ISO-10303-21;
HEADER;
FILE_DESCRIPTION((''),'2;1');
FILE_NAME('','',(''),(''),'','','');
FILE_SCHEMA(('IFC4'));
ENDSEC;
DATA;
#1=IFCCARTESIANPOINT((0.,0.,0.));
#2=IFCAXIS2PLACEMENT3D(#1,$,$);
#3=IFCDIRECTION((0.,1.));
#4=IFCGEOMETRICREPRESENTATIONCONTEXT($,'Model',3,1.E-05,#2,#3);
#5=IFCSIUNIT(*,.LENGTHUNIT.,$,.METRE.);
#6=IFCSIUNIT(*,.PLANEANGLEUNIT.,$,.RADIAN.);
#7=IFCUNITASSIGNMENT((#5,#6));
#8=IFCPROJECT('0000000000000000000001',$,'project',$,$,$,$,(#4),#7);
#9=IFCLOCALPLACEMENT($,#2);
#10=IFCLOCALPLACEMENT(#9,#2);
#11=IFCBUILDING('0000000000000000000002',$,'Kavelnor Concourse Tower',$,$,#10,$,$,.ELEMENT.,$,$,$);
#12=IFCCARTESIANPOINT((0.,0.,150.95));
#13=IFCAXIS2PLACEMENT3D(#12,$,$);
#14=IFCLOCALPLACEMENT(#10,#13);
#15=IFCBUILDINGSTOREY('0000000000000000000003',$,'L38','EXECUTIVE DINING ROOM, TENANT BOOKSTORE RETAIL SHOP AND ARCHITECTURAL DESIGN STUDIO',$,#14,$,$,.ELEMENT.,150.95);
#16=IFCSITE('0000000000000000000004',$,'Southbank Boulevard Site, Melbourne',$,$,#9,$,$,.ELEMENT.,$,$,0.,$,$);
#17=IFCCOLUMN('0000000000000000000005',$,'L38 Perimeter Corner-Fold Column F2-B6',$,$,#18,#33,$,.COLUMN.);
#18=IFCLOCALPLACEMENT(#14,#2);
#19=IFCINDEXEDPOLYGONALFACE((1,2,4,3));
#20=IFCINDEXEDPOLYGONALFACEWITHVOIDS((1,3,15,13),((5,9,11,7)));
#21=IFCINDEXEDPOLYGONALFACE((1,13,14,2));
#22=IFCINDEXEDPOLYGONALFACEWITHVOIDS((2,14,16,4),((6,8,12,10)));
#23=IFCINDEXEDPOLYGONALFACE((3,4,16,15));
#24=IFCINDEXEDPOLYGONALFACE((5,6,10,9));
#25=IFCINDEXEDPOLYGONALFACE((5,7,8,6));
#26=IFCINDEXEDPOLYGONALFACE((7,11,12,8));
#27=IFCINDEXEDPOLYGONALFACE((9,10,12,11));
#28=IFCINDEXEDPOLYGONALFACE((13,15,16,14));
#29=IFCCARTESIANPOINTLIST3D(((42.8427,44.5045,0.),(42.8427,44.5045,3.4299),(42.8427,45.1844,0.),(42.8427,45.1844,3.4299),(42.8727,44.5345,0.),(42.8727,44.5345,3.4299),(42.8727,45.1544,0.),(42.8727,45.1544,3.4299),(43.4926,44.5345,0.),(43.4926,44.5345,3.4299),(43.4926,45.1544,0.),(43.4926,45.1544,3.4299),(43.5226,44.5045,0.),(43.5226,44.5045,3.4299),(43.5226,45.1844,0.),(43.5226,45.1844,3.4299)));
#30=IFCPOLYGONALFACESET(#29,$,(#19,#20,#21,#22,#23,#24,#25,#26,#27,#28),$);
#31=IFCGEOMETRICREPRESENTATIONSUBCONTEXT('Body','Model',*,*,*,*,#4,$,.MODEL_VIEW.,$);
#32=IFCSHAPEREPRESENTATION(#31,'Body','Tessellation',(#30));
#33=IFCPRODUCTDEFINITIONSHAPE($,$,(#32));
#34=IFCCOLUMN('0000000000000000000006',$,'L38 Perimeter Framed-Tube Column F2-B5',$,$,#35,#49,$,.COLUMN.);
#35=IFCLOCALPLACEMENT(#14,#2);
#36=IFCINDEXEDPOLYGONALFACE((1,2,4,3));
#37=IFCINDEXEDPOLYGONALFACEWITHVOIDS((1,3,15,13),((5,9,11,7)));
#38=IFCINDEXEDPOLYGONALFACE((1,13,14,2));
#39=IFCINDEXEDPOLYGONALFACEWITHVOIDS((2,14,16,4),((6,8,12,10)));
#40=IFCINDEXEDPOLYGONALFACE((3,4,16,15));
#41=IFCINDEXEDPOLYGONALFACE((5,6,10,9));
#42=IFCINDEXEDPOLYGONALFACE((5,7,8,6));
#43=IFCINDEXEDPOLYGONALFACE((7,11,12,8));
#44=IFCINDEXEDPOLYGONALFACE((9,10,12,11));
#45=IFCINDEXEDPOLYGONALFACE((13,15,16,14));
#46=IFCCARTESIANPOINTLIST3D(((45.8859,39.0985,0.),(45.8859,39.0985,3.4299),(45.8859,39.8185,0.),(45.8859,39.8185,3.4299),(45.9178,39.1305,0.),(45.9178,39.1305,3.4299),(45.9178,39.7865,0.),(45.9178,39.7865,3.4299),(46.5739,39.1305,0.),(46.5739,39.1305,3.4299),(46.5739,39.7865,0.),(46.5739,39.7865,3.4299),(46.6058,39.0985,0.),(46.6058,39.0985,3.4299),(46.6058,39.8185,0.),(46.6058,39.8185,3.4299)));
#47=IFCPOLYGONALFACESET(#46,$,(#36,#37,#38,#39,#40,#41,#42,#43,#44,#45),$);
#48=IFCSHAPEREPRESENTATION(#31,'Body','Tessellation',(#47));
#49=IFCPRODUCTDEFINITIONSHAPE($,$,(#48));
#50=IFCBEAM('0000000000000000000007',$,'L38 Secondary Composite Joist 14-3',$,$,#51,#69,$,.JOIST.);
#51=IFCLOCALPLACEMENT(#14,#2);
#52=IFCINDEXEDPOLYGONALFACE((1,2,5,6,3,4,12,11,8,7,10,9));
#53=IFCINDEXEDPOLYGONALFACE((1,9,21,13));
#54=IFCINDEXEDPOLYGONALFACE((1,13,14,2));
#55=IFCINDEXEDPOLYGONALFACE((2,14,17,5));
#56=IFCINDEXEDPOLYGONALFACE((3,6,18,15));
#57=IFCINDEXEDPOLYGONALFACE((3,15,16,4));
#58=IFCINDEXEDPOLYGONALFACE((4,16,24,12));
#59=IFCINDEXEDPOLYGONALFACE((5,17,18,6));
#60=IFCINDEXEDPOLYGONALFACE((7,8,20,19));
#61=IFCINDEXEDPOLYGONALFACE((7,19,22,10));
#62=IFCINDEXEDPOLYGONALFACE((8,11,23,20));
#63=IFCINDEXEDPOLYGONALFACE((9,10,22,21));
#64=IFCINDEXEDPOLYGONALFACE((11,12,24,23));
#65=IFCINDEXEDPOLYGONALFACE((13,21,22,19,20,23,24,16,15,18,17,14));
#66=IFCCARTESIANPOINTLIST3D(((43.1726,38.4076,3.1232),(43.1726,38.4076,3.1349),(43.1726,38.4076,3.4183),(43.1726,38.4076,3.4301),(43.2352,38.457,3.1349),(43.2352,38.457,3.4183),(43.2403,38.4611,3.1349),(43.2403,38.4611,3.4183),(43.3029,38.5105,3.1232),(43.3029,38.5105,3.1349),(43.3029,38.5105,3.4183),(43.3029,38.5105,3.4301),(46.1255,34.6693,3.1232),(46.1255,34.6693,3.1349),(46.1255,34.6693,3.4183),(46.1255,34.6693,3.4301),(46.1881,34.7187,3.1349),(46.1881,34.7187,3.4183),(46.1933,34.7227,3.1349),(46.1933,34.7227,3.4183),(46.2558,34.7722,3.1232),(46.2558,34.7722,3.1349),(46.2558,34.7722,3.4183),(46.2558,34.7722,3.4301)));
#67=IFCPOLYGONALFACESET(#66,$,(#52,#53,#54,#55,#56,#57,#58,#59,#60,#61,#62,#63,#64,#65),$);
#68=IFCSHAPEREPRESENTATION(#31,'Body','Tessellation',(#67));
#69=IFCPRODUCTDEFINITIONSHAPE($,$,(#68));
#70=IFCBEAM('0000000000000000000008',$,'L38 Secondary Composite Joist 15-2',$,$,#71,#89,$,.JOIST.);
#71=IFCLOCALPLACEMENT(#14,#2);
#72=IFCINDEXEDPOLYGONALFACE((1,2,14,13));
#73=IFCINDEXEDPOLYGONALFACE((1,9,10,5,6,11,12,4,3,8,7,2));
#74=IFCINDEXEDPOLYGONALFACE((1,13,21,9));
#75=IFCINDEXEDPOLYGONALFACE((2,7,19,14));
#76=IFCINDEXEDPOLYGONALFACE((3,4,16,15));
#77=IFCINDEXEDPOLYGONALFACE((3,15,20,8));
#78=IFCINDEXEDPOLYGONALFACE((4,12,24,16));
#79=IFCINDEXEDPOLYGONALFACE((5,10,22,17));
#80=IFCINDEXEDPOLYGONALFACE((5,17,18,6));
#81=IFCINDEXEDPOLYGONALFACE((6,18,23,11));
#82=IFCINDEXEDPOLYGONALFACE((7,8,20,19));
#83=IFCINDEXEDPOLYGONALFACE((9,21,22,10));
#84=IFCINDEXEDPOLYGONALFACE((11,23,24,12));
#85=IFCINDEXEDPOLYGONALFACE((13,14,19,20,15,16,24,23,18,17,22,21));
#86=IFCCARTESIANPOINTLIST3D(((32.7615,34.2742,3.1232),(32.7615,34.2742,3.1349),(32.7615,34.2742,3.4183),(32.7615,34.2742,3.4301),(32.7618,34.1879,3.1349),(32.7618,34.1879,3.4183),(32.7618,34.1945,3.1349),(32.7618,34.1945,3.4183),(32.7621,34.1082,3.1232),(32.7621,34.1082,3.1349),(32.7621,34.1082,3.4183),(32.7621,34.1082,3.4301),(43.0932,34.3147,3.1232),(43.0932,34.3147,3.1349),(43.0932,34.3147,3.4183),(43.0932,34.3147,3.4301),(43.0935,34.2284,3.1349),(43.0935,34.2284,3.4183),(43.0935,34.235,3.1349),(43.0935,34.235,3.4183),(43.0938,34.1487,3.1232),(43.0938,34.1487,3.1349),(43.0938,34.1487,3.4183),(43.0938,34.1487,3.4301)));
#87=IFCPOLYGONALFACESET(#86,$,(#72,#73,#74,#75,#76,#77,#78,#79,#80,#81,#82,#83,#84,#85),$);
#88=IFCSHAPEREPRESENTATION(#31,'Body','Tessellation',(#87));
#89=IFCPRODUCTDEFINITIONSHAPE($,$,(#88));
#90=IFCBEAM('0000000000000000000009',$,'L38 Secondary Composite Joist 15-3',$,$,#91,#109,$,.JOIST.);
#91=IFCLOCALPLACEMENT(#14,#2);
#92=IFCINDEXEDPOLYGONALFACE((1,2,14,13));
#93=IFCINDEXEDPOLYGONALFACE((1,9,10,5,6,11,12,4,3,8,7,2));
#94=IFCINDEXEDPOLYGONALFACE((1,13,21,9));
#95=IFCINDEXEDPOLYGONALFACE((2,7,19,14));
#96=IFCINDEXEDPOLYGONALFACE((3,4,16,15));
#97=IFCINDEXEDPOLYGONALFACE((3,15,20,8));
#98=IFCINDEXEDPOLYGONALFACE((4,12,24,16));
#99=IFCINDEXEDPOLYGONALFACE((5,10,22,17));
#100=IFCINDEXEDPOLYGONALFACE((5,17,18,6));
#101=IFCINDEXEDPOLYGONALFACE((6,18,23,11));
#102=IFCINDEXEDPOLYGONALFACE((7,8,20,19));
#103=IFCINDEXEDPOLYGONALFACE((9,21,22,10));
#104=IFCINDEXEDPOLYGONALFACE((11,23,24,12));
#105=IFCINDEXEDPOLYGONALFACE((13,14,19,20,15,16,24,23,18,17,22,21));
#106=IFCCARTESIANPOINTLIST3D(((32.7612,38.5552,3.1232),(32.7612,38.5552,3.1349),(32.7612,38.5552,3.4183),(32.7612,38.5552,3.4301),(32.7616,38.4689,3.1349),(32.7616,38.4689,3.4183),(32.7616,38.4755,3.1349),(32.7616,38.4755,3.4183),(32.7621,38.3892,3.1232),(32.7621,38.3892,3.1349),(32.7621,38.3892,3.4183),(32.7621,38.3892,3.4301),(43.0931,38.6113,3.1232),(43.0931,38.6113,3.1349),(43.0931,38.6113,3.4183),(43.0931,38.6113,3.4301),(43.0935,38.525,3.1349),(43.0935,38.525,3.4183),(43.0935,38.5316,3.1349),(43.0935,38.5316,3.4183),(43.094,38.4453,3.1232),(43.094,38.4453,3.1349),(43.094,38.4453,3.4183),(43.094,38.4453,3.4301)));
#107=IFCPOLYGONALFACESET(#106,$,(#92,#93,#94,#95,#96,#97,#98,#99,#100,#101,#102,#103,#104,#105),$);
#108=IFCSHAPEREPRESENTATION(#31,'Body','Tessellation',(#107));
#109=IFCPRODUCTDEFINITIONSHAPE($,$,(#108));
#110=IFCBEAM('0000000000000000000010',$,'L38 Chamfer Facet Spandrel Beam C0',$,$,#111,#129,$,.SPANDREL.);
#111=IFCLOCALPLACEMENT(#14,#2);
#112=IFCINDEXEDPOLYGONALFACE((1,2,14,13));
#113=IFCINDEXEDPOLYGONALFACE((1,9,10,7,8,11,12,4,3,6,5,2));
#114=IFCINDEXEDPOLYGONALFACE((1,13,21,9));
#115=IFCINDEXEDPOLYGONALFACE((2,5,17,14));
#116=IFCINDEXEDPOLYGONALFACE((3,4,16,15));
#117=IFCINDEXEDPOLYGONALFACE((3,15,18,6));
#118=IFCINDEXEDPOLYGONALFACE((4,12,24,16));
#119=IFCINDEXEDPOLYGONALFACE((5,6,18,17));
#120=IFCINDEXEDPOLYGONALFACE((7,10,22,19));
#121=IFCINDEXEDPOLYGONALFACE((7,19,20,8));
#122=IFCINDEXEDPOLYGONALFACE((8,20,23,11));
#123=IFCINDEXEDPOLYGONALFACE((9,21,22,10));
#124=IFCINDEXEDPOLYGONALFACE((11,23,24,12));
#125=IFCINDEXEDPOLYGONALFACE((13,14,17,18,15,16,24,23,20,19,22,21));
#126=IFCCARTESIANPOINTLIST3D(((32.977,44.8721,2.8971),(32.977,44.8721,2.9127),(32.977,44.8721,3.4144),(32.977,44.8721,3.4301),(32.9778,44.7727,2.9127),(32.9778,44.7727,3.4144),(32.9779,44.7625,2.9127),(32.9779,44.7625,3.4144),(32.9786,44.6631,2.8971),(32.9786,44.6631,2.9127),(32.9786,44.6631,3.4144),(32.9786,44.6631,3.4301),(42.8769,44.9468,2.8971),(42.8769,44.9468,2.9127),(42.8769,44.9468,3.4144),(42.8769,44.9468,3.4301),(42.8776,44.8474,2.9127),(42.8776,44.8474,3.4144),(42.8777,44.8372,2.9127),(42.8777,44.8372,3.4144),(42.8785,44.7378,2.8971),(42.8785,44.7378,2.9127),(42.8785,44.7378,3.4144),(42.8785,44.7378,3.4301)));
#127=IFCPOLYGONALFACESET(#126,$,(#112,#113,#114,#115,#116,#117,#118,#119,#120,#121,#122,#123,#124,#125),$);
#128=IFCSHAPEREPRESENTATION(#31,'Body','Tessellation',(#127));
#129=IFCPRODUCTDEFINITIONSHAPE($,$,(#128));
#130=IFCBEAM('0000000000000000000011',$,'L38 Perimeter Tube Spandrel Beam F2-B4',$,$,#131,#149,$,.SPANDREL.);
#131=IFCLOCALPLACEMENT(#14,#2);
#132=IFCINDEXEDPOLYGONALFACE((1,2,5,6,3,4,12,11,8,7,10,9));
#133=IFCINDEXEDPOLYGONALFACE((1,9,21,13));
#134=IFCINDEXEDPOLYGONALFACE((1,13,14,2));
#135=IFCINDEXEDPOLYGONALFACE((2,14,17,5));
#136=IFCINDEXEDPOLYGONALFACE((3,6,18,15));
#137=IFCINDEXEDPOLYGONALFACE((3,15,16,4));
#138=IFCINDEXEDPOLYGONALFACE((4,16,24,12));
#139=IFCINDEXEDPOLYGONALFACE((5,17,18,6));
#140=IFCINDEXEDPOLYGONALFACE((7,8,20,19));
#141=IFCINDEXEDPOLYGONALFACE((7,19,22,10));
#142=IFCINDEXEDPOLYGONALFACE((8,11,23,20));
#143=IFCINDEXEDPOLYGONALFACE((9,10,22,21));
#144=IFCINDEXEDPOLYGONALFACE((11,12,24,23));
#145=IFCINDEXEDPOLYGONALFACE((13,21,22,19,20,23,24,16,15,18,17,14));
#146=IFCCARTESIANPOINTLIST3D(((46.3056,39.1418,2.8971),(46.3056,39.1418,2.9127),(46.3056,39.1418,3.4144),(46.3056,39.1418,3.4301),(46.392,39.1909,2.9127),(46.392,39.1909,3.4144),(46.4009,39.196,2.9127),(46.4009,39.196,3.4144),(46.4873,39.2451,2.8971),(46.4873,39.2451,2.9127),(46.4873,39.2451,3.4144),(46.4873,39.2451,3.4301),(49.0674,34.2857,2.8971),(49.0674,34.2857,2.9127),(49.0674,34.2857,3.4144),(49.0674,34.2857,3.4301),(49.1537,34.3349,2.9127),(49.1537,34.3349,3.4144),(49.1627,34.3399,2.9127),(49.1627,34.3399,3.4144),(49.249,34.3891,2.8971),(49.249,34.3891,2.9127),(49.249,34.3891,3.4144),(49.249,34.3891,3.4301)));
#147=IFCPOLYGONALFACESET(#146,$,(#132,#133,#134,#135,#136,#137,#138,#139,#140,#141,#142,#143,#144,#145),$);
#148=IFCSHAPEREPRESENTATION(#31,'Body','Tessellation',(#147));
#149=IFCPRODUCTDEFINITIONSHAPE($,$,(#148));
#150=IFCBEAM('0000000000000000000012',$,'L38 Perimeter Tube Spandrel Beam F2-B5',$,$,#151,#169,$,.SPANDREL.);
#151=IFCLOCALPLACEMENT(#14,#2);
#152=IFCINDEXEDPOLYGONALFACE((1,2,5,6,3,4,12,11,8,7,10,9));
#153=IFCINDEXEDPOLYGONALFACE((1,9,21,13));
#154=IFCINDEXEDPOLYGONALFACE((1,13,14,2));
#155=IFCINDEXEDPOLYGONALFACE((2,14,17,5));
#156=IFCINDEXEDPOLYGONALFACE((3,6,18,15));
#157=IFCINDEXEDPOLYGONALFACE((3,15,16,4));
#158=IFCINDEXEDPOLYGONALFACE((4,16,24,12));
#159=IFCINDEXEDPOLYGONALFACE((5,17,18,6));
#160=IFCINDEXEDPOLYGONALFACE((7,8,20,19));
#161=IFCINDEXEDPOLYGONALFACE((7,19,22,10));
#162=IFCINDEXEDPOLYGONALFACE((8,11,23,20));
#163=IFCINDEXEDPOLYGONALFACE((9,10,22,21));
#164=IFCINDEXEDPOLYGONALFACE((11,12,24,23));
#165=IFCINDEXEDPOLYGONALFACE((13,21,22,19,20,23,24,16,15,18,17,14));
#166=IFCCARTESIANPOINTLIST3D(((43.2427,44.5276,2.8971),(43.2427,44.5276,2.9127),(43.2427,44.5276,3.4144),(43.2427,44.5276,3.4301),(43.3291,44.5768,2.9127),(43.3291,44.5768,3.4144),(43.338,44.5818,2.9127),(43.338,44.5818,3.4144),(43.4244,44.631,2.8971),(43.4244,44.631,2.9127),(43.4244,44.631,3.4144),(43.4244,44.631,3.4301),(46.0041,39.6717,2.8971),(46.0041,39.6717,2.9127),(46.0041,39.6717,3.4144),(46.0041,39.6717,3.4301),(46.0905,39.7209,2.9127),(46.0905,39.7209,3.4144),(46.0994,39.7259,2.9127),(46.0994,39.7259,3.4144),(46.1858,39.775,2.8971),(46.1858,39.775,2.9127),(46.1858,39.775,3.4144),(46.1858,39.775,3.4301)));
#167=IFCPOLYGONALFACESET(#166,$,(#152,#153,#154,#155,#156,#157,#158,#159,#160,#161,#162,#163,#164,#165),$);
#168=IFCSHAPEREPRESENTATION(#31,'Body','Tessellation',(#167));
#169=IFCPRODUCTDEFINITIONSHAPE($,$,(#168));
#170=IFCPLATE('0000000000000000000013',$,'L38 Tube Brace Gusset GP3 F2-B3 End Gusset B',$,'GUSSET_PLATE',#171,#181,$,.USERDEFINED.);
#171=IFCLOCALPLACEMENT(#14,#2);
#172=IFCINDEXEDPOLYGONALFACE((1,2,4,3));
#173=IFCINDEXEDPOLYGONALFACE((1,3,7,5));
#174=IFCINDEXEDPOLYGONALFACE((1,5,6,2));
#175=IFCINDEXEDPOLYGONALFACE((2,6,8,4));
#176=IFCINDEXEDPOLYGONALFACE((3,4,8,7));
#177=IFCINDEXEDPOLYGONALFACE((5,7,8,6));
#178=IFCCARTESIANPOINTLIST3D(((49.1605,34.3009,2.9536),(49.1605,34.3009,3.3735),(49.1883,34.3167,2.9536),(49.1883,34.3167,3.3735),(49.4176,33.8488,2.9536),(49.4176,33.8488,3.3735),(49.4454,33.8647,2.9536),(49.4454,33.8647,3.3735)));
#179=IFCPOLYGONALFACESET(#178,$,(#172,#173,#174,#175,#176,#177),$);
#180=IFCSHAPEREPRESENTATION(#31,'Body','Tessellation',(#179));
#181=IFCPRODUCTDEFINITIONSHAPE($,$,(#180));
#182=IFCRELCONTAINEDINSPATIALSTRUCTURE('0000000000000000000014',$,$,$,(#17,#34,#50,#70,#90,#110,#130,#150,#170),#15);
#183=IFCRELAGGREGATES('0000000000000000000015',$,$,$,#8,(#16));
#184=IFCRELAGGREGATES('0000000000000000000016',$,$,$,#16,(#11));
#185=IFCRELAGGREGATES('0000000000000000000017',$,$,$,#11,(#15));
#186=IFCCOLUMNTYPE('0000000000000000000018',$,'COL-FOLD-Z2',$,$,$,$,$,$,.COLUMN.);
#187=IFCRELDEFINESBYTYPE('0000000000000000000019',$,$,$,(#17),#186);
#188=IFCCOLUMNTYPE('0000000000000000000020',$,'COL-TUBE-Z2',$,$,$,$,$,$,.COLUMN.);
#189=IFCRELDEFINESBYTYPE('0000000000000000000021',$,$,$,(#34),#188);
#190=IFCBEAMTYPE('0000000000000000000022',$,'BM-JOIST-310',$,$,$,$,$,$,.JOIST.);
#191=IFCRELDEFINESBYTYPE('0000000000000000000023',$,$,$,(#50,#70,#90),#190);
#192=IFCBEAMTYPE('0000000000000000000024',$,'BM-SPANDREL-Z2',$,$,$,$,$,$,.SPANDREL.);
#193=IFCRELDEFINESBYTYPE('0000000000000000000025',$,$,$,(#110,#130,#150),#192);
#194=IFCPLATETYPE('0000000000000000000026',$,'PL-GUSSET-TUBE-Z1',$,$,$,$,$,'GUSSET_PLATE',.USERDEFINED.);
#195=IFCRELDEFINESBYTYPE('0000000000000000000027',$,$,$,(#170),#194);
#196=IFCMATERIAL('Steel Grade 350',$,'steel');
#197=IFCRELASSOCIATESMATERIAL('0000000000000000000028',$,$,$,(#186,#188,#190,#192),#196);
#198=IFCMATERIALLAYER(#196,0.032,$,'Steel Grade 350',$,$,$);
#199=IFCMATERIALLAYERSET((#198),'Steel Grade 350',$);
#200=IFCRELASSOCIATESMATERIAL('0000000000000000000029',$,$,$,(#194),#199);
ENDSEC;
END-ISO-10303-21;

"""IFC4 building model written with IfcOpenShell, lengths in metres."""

from ifc_helpers import new_model, si_unit, direction, frame, origin, origin_2d, place, context, subcontext, project, spatial, rectangle, hollow_rectangle, i_section, extrude, material, layer, layer_set, material_profile, profile_set, type_object, element, save


model = new_model("IFC4")

# Units and contexts
model_context = context("Model", 3, precision=1e-05, world=origin(), true_north=direction((0.0, 1.0)))
body_context = subcontext(model_context, "Body", "Model", "MODEL_VIEW")
ifc_project = project(units=[si_unit("LENGTHUNIT", "METRE"), si_unit("PLANEANGLEUNIT", "RADIAN")], contexts=[model_context])

# Site, building, storey
site_placement = place(None, origin())
site = spatial("IfcSite", under=ifc_project, at=site_placement, Name="Southbank Boulevard Site, Melbourne", CompositionType="ELEMENT", RefElevation=0.0)
building_placement = place(site_placement, origin())
building = spatial("IfcBuilding", under=site, at=building_placement, Name="Kavelnor Concourse Tower", CompositionType="ELEMENT")
storey_placement = place(building_placement, frame((0.0, 0.0, 150.95)))
storey = spatial("IfcBuildingStorey", under=building, at=storey_placement, Name="L38", Description="EXECUTIVE DINING ROOM, TENANT BOOKSTORE RETAIL SHOP AND ARCHITECTURAL DESIGN STUDIO", CompositionType="ELEMENT", Elevation=150.95)

# Columns
ifc_material_1 = material(Name="Steel Grade 350", Category="steel")
ifc_material_profile_1 = material_profile(ifc_material_1, hollow_rectangle(XDim=0.6799, YDim=0.6799, WallThickness=0.03, at=origin_2d()), Name="SHS 680x680x30")
ifc_profile_set_1 = profile_set([ifc_material_profile_1], Name="Steel Grade 350")
column_type_1 = type_object("IfcColumnType", Name="COL-FOLD-Z2", PredefinedType="COLUMN", material=ifc_profile_set_1)
column_1_placement = place(storey_placement, frame((43.1826, 44.8445, 0.0), z_axis=(0.0, 0.0, 1.0), x_axis=(1.0, 0.0, 0.0)))
element("IfcColumn", 1, at=column_1_placement, inside=storey, type_object=column_type_1, Name="L38 Perimeter Corner-Fold Column F2-B6", PredefinedType="COLUMN", context=body_context, shape_type="SweptSolid", body=[
    extrude(hollow_rectangle(XDim=0.6799, YDim=0.6799, WallThickness=0.03, at=origin_2d()), origin(), (0.0, 0.0, 1.0), 3.4299),
])
ifc_material_profile_2 = material_profile(ifc_material_1, hollow_rectangle(XDim=0.72, YDim=0.72, WallThickness=0.032, at=origin_2d()), Name="SHS 720x720x32")
ifc_profile_set_2 = profile_set([ifc_material_profile_2], Name="Steel Grade 350")
column_type_2 = type_object("IfcColumnType", Name="COL-TUBE-Z2", PredefinedType="COLUMN", material=ifc_profile_set_2)
column_2_placement = place(storey_placement, frame((46.2458, 39.4585, 0.0), z_axis=(0.0, 0.0, 1.0), x_axis=(1.0, 0.0, 0.0)))
element("IfcColumn", 2, at=column_2_placement, inside=storey, type_object=column_type_2, Name="L38 Perimeter Framed-Tube Column F2-B5", PredefinedType="COLUMN", context=body_context, shape_type="SweptSolid", body=[
    extrude(hollow_rectangle(XDim=0.72, YDim=0.72, WallThickness=0.032, at=origin_2d()), origin(), (0.0, 0.0, 1.0), 3.4299),
])

# Beams
ifc_material_profile_3 = material_profile(ifc_material_1, i_section(OverallWidth=0.166, OverallDepth=0.3069, WebThickness=0.0066, FlangeThickness=0.0117, at=origin_2d()), Name="310UB46")
ifc_profile_set_3 = profile_set([ifc_material_profile_3], Name="Steel Grade 350")
beam_type_1 = type_object("IfcBeamType", Name="BM-JOIST-310", PredefinedType="JOIST", material=ifc_profile_set_3)
beam_1_placement = place(storey_placement, frame((46.1907, 34.7207, 3.2766), z_axis=(-0.619852, 0.784719, 0.0), x_axis=(-0.784719, -0.619852, 0.0)))
element("IfcBeam", 3, at=beam_1_placement, inside=storey, type_object=beam_type_1, Name="L38 Secondary Composite Joist 14-3", PredefinedType="JOIST", context=body_context, shape_type="SweptSolid", body=[
    extrude(i_section(OverallWidth=0.166, OverallDepth=0.3069, WebThickness=0.0066, FlangeThickness=0.0117, at=origin_2d()), origin(), (0.0, 0.0, 1.0), 4.7639),
])
beam_2_placement = place(storey_placement, frame((43.0935, 34.2317, 3.2766), z_axis=(-0.999992, -0.003923, 0.0), x_axis=(0.003923, -0.999992, 0.0)))
element("IfcBeam", 4, at=beam_2_placement, inside=storey, type_object=beam_type_1, Name="L38 Secondary Composite Joist 15-2", PredefinedType="JOIST", context=body_context, shape_type="SweptSolid", body=[
    extrude(i_section(OverallWidth=0.166, OverallDepth=0.3069, WebThickness=0.0066, FlangeThickness=0.0117, at=origin_2d()), origin(), (0.0, 0.0, 1.0), 10.3318),
])
beam_3_placement = place(storey_placement, frame((43.0935, 38.5283, 3.2766), z_axis=(-0.999985, -0.005435, 0.0), x_axis=(0.005435, -0.999985, 0.0)))
element("IfcBeam", 5, at=beam_3_placement, inside=storey, type_object=beam_type_1, Name="L38 Secondary Composite Joist 15-3", PredefinedType="JOIST", context=body_context, shape_type="SweptSolid", body=[
    extrude(i_section(OverallWidth=0.166, OverallDepth=0.3069, WebThickness=0.0066, FlangeThickness=0.0117, at=origin_2d()), origin(), (0.0, 0.0, 1.0), 10.332),
])
ifc_material_profile_4 = material_profile(ifc_material_1, i_section(OverallWidth=0.209, OverallDepth=0.533, WebThickness=0.0103, FlangeThickness=0.0156, at=origin_2d()), Name="530UB92")
ifc_profile_set_4 = profile_set([ifc_material_profile_4], Name="Steel Grade 350")
beam_type_2 = type_object("IfcBeamType", Name="BM-SPANDREL-Z2", PredefinedType="SPANDREL", material=ifc_profile_set_4)
beam_4_placement = place(storey_placement, frame((42.8777, 44.8423, 3.1636), z_axis=(-0.999972, -0.007546, 0.0), x_axis=(0.007546, -0.999972, 0.0)))
element("IfcBeam", 6, at=beam_4_placement, inside=storey, type_object=beam_type_2, Name="L38 Chamfer Facet Spandrel Beam C0", PredefinedType="SPANDREL", context=body_context, shape_type="SweptSolid", body=[
    extrude(i_section(OverallWidth=0.209, OverallDepth=0.533, WebThickness=0.0103, FlangeThickness=0.0156, at=origin_2d()), origin(), (0.0, 0.0, 1.0), 9.9001),
])
beam_5_placement = place(storey_placement, frame((49.1582, 34.3374, 3.1636), z_axis=(-0.494368, 0.869253, 0.0), x_axis=(-0.869253, -0.494368, 0.0)))
element("IfcBeam", 7, at=beam_5_placement, inside=storey, type_object=beam_type_2, Name="L38 Perimeter Tube Spandrel Beam F2-B4", PredefinedType="SPANDREL", context=body_context, shape_type="SweptSolid", body=[
    extrude(i_section(OverallWidth=0.209, OverallDepth=0.533, WebThickness=0.0103, FlangeThickness=0.0156, at=origin_2d()), origin(), (0.0, 0.0, 1.0), 5.5864),
])
beam_6_placement = place(storey_placement, frame((46.095, 39.7234, 3.1636), z_axis=(-0.494335, 0.869271, 0.0), x_axis=(-0.869271, -0.494335, 0.0)))
element("IfcBeam", 8, at=beam_6_placement, inside=storey, type_object=beam_type_2, Name="L38 Perimeter Tube Spandrel Beam F2-B5", PredefinedType="SPANDREL", context=body_context, shape_type="SweptSolid", body=[
    extrude(i_section(OverallWidth=0.209, OverallDepth=0.533, WebThickness=0.0103, FlangeThickness=0.0156, at=origin_2d()), origin(), (0.0, 0.0, 1.0), 5.5862),
])

# Plate
ifc_layer_1 = layer(ifc_material_1, 0.032, Name="Steel Grade 350")
ifc_layer_set_1 = layer_set([ifc_layer_1], Name="Steel Grade 350")
plate_type_1 = type_object("IfcPlateType", Name="PL-GUSSET-TUBE-Z1", ElementType="GUSSET_PLATE", PredefinedType="USERDEFINED", material=ifc_layer_set_1)
plate_1_placement = place(storey_placement, frame((49.303, 34.0828, 2.9536), z_axis=(0.0, 0.0, 1.0), x_axis=(-0.494397, 0.869236, 0.0)))
element("IfcPlate", 9, at=plate_1_placement, inside=storey, type_object=plate_type_1, Name="L38 Tube Brace Gusset GP3 F2-B3 End Gusset B", ObjectType="GUSSET_PLATE", PredefinedType="USERDEFINED", context=body_context, shape_type="SweptSolid", body=[
    extrude(rectangle(XDim=0.52, YDim=0.032, at=origin_2d()), origin(), (0.0, 0.0, 1.0), 0.4199),
])

save(model, "model.ifc")
